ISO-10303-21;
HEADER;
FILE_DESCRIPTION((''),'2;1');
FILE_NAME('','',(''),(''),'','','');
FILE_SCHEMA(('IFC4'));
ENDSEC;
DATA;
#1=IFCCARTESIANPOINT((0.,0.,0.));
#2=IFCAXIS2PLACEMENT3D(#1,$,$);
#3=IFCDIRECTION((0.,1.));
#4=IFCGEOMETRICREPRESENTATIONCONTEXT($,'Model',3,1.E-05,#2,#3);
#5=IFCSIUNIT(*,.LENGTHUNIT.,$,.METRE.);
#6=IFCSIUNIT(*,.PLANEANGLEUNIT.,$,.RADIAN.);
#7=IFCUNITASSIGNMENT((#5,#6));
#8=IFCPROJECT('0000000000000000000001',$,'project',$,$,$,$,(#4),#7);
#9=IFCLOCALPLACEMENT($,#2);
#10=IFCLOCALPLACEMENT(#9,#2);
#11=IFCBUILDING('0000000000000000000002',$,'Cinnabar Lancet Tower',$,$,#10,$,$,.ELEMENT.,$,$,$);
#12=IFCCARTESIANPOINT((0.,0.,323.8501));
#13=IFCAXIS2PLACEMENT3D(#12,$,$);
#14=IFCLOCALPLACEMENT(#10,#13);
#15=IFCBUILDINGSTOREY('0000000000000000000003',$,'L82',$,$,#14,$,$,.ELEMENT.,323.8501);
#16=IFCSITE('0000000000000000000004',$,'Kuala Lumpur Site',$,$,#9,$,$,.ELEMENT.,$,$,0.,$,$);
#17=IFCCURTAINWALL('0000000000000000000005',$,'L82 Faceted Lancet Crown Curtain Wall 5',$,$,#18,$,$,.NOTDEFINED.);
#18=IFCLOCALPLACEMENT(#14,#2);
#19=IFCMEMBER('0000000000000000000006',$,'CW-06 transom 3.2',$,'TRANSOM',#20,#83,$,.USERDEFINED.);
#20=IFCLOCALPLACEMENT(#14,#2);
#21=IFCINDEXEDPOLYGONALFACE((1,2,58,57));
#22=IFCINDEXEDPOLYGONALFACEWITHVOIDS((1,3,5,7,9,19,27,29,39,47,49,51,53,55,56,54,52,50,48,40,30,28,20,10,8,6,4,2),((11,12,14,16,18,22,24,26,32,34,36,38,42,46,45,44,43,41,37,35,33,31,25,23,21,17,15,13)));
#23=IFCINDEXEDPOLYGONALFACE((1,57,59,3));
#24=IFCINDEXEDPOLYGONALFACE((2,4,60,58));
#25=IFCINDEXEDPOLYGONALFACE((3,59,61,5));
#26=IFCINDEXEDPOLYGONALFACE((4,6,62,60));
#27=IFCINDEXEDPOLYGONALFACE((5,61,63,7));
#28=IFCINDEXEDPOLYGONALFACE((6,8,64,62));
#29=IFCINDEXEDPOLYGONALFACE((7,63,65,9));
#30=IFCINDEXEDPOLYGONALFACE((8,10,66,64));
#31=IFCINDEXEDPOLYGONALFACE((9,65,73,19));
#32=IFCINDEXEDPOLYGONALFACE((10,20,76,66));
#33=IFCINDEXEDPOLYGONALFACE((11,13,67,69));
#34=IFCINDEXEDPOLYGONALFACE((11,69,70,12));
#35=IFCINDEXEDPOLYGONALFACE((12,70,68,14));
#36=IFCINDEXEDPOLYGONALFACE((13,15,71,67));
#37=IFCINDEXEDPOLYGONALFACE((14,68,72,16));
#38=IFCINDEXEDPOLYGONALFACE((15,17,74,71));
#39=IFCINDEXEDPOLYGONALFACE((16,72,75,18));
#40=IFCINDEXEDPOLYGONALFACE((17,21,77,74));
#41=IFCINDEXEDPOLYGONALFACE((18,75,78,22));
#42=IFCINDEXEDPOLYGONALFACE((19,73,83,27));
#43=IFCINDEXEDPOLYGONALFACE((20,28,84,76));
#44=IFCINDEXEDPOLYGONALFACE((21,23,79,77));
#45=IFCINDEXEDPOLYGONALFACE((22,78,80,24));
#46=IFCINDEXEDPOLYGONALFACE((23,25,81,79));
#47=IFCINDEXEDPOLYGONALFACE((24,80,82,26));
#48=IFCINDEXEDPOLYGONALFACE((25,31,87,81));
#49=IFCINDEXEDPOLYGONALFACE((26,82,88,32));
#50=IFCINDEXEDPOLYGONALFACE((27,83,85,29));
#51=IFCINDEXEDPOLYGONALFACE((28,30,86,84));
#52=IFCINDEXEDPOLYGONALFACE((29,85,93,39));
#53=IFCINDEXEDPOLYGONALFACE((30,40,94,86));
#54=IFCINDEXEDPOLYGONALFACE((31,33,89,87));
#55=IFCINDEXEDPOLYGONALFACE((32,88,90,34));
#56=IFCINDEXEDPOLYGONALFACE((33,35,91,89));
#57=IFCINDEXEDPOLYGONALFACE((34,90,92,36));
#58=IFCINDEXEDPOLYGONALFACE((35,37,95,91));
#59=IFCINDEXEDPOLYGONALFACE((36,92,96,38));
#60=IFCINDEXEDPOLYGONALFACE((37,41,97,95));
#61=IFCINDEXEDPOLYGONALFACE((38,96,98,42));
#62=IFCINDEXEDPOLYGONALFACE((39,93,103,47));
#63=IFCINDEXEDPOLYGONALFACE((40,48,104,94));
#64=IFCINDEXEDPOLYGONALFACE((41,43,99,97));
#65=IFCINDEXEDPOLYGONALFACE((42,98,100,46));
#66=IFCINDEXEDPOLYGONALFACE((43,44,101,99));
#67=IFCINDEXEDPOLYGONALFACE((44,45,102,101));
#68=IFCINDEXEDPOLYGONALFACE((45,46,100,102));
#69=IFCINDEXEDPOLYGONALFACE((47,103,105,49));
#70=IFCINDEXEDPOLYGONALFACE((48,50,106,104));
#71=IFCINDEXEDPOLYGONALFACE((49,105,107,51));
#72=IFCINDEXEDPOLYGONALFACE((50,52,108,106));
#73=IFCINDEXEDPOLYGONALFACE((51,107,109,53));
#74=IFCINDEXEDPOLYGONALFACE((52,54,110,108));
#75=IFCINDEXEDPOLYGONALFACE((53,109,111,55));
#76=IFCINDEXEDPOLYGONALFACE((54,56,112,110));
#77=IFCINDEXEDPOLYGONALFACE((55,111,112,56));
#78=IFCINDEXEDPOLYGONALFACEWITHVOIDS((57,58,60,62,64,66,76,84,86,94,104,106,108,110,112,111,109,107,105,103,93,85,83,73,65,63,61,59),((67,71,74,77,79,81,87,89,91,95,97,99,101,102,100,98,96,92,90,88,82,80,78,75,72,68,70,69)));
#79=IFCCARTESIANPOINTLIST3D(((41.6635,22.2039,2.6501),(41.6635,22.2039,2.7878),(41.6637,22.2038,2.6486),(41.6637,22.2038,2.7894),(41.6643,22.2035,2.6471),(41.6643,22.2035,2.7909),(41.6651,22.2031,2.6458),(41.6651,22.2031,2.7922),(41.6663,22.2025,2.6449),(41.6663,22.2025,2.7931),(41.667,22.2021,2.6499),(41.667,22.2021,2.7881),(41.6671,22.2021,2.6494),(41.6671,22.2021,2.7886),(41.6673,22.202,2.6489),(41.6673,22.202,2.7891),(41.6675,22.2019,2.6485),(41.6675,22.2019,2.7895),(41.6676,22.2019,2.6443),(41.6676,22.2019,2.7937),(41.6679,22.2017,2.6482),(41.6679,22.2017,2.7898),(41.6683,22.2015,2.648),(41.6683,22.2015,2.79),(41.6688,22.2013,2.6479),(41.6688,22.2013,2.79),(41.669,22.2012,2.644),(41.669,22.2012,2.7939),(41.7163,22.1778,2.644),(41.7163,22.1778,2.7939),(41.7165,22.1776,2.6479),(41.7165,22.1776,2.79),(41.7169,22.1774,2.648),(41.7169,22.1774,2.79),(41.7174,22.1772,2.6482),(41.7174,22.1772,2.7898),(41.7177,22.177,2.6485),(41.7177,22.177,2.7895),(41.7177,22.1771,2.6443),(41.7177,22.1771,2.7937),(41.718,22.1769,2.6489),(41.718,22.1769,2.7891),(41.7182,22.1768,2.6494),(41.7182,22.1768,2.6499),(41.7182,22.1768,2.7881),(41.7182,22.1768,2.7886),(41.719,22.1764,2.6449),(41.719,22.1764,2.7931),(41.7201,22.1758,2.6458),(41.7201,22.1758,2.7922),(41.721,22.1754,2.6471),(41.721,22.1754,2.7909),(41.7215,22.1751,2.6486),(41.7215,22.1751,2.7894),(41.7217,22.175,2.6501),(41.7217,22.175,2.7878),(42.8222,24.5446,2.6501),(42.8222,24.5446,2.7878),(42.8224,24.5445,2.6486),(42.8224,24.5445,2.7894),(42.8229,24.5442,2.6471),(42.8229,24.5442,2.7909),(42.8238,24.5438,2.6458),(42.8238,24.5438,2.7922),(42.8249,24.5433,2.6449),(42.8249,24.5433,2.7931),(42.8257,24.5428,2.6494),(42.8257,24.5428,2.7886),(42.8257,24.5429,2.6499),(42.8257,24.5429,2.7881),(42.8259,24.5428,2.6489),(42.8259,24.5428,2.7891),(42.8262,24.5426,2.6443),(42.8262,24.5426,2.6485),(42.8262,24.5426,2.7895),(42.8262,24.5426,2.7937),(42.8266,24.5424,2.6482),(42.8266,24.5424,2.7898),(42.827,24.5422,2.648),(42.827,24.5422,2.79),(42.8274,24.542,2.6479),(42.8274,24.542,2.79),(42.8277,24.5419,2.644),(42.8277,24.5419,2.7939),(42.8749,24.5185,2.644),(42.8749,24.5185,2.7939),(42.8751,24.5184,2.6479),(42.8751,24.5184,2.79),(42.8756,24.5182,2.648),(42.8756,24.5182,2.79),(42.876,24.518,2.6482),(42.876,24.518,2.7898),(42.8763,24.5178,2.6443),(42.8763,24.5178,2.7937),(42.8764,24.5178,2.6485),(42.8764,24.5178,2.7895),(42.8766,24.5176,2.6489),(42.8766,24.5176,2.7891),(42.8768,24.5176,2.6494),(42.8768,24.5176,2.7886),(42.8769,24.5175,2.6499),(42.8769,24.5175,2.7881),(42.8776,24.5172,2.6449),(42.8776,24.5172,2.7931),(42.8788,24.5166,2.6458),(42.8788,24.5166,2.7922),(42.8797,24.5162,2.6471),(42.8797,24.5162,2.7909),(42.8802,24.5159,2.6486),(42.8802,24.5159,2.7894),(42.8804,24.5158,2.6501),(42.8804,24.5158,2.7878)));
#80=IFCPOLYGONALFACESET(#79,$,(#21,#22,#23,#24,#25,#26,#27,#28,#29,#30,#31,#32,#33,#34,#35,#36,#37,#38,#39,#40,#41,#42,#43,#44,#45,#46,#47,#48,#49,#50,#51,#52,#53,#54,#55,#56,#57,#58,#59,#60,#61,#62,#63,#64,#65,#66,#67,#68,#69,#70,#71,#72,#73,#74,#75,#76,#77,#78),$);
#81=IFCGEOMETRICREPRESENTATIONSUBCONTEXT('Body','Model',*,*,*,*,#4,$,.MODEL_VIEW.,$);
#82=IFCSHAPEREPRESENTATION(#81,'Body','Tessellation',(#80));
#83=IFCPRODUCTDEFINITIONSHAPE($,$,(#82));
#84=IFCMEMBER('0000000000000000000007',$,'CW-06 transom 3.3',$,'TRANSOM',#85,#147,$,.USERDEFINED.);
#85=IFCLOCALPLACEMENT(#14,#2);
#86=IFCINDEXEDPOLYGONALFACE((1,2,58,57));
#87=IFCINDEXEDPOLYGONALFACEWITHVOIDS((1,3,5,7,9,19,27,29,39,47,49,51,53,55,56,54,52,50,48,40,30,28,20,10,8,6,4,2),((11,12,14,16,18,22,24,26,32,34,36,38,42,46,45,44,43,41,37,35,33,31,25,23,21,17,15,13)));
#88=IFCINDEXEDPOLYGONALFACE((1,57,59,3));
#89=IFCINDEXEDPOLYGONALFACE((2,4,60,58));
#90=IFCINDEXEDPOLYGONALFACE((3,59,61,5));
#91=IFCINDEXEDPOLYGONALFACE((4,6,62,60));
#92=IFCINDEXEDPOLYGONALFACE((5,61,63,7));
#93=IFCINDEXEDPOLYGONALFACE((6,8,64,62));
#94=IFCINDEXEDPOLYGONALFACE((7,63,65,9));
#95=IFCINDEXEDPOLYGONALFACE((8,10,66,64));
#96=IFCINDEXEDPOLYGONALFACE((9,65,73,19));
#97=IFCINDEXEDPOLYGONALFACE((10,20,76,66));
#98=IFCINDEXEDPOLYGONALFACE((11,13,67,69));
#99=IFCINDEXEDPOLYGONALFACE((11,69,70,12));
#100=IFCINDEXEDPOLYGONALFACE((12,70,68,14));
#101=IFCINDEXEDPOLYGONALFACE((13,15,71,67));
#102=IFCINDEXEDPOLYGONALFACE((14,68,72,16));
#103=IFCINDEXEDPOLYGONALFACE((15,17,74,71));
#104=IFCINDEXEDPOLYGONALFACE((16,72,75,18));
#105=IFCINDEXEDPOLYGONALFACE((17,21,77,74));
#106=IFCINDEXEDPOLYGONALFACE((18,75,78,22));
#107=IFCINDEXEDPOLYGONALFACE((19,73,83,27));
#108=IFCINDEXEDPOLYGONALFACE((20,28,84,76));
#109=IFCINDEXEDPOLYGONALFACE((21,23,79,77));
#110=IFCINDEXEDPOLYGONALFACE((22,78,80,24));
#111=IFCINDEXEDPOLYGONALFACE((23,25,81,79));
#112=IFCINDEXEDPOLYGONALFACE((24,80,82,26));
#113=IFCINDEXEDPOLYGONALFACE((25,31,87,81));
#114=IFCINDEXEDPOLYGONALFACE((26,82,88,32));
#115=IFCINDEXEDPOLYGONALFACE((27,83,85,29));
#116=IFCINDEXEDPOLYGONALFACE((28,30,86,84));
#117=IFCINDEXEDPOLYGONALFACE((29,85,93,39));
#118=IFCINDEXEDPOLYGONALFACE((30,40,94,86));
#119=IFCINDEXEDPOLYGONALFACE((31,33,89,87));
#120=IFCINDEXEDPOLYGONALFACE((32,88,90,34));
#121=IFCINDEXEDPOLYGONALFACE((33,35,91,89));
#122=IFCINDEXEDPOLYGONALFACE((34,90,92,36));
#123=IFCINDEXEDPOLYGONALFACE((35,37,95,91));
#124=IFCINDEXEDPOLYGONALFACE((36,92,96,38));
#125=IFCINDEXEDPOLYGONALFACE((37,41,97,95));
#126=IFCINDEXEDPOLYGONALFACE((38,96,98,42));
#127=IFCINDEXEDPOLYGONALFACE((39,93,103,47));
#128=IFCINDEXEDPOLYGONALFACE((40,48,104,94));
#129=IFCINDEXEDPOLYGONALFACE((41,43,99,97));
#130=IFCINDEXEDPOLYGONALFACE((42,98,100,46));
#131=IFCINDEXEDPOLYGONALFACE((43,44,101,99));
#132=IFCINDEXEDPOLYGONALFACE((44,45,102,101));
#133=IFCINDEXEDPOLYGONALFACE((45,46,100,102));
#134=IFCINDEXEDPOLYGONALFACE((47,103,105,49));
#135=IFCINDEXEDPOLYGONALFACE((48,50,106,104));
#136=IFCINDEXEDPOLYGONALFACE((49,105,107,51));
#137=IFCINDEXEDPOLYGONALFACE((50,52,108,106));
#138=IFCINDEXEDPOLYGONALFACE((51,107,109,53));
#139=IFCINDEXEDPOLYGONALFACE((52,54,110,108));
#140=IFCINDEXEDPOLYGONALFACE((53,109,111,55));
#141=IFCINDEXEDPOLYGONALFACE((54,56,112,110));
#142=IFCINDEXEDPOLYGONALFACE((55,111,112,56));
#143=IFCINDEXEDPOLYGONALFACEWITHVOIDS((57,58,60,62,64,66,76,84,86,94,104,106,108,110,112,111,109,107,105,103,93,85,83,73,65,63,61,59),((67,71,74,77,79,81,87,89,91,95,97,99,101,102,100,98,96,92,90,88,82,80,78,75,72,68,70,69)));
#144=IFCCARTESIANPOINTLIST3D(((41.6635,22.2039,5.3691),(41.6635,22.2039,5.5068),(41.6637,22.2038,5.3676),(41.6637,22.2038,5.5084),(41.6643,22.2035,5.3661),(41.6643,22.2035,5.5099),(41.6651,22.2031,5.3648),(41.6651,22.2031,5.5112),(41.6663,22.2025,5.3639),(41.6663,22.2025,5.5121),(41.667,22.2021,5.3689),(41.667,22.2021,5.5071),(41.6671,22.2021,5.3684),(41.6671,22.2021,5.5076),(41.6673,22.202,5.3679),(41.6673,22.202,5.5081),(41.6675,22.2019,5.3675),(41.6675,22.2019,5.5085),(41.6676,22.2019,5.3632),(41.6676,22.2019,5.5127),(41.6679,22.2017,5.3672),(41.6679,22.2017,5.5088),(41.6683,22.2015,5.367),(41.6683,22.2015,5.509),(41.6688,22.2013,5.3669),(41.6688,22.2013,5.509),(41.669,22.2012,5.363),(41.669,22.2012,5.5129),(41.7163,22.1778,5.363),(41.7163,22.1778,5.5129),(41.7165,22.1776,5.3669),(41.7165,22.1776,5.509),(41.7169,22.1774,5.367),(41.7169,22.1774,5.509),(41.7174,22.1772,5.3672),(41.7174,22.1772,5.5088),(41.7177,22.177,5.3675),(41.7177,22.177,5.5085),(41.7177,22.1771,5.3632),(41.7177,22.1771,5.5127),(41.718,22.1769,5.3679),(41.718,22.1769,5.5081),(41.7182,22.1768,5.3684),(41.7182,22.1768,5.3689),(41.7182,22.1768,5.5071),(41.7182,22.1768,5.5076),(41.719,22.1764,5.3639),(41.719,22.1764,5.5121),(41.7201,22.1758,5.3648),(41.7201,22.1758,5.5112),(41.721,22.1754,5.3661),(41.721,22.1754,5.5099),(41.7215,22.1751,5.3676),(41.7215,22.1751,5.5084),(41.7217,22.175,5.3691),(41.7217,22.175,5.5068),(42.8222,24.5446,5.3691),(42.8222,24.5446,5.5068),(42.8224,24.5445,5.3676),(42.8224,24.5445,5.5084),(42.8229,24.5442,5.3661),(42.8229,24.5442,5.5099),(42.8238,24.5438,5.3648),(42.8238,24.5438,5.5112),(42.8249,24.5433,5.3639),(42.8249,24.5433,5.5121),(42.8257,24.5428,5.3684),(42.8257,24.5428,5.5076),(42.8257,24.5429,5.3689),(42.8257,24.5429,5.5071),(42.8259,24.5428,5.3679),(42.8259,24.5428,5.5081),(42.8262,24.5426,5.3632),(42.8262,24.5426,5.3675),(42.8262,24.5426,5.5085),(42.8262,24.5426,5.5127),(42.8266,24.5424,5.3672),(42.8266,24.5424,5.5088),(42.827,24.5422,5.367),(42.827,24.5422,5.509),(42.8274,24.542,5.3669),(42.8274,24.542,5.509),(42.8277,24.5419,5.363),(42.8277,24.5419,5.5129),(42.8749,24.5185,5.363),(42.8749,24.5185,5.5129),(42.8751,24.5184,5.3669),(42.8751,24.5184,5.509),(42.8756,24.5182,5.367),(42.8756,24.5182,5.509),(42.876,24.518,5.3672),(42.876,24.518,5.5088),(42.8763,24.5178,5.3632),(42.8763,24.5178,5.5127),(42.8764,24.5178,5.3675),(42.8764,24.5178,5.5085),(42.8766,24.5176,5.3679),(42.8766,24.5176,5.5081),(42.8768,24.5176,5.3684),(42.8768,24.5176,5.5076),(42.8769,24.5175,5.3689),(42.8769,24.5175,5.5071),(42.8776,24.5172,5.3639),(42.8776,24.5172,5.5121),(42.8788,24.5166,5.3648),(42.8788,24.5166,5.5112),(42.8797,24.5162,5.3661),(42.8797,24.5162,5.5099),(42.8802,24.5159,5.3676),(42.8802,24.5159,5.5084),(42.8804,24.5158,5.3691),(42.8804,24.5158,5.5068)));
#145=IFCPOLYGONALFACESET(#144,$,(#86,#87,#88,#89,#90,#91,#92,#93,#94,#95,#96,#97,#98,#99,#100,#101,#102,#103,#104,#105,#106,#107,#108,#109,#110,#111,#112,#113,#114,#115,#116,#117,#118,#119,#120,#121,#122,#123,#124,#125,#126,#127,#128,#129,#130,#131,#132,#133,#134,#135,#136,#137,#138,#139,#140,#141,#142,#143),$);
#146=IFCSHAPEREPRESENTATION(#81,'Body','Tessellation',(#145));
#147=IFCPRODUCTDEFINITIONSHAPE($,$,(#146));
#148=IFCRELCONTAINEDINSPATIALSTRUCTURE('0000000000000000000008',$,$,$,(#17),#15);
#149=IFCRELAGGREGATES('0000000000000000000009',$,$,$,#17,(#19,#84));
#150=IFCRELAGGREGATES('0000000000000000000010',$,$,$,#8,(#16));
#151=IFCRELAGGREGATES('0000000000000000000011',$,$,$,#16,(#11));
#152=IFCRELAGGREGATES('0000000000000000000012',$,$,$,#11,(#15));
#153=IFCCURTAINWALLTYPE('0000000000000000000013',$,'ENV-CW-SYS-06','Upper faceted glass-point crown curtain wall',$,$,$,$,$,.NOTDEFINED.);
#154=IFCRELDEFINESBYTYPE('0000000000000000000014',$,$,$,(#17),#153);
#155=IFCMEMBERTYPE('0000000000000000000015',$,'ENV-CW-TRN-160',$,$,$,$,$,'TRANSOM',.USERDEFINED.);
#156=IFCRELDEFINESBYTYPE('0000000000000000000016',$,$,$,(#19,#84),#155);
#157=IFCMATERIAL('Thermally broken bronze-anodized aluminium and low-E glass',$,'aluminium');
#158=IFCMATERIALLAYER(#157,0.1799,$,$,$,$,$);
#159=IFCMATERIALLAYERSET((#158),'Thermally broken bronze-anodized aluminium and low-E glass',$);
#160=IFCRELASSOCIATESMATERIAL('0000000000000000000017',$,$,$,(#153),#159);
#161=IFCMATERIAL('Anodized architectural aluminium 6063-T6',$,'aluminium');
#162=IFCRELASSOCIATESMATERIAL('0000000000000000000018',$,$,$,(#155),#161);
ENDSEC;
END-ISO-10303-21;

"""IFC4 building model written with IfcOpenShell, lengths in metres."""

from ifc_helpers import new_model, si_unit, direction, frame, origin, origin_2d, place, context, subcontext, project, spatial, hollow_rectangle, extrude, material, layer, layer_set, material_profile, profile_set, type_object, element, aggregate, save


model = new_model("IFC4")

# Units and contexts
model_context = context("Model", 3, precision=1e-05, world=origin(), true_north=direction((0.0, 1.0)))
body_context = subcontext(model_context, "Body", "Model", "MODEL_VIEW")
ifc_project = project(units=[si_unit("LENGTHUNIT", "METRE"), si_unit("PLANEANGLEUNIT", "RADIAN")], contexts=[model_context])

# Site, building, storey
site_placement = place(None, origin())
site = spatial("IfcSite", under=ifc_project, at=site_placement, Name="Kuala Lumpur Site", CompositionType="ELEMENT", RefElevation=0.0)
building_placement = place(site_placement, origin())
building = spatial("IfcBuilding", under=site, at=building_placement, Name="Cinnabar Lancet Tower", CompositionType="ELEMENT")
storey_placement = place(building_placement, frame((0.0, 0.0, 323.8501)))
storey = spatial("IfcBuildingStorey", under=building, at=storey_placement, Name="L82", CompositionType="ELEMENT", Elevation=323.8501)

# Curtain wall, members
ifc_material_1 = material(Name="Thermally broken bronze-anodized aluminium and low-E glass", Category="aluminium")
ifc_layer_1 = layer(ifc_material_1, 0.1799)
ifc_layer_set_1 = layer_set([ifc_layer_1], Name="Thermally broken bronze-anodized aluminium and low-E glass")
curtain_wall_type = type_object("IfcCurtainWallType", Name="ENV-CW-SYS-06", Description="Upper faceted glass-point crown curtain wall", PredefinedType="NOTDEFINED", material=ifc_layer_set_1)
curtain_wall_placement = place(storey_placement, origin())
curtain_wall = element("IfcCurtainWall", 1, at=curtain_wall_placement, inside=storey, type_object=curtain_wall_type, Name="L82 Faceted Lancet Crown Curtain Wall 5", PredefinedType="NOTDEFINED")
ifc_material_2 = material(Name="Anodized architectural aluminium 6063-T6", Category="aluminium")
ifc_material_profile_1 = material_profile(ifc_material_2, hollow_rectangle(XDim=0.0649, YDim=0.1499, WallThickness=0.0039, InnerFilletRadius=0.002, OuterFilletRadius=0.0061, at=origin_2d()), Name="CW-TRN 150x65x4")
ifc_profile_set_1 = profile_set([ifc_material_profile_1], Name="Anodized architectural aluminium 6063-T6")
member_type_1 = type_object("IfcMemberType", Name="ENV-CW-TRN-160", ElementType="TRANSOM", PredefinedType="USERDEFINED", material=ifc_profile_set_1)
member_1_placement = place(storey_placement, frame((41.6926, 22.1895, 2.719), z_axis=(0.443621, 0.896215, 0.0), x_axis=(-0.896215, 0.443621, 0.0)))
member_1 = element("IfcMember", 2, at=member_1_placement, type_object=member_type_1, Name="CW-06 transom 3.2", ObjectType="TRANSOM", PredefinedType="USERDEFINED", context=body_context, shape_type="SweptSolid", body=[
    extrude(hollow_rectangle(XDim=0.0649, YDim=0.1499, WallThickness=0.0039, InnerFilletRadius=0.002, OuterFilletRadius=0.0061, at=origin_2d()), origin(), (0.0, 0.0, 1.0), 2.6118),
])
member_2_placement = place(storey_placement, frame((41.6926, 22.1895, 5.438), z_axis=(0.443621, 0.896215, 0.0), x_axis=(-0.896215, 0.443621, 0.0)))
member_2 = element("IfcMember", 3, at=member_2_placement, type_object=member_type_1, Name="CW-06 transom 3.3", ObjectType="TRANSOM", PredefinedType="USERDEFINED", context=body_context, shape_type="SweptSolid", body=[
    extrude(hollow_rectangle(XDim=0.0649, YDim=0.1499, WallThickness=0.0039, InnerFilletRadius=0.002, OuterFilletRadius=0.0061, at=origin_2d()), origin(), (0.0, 0.0, 1.0), 2.6118),
])

aggregate(curtain_wall, [member_1, member_2])

save(model, "model.ifc")
